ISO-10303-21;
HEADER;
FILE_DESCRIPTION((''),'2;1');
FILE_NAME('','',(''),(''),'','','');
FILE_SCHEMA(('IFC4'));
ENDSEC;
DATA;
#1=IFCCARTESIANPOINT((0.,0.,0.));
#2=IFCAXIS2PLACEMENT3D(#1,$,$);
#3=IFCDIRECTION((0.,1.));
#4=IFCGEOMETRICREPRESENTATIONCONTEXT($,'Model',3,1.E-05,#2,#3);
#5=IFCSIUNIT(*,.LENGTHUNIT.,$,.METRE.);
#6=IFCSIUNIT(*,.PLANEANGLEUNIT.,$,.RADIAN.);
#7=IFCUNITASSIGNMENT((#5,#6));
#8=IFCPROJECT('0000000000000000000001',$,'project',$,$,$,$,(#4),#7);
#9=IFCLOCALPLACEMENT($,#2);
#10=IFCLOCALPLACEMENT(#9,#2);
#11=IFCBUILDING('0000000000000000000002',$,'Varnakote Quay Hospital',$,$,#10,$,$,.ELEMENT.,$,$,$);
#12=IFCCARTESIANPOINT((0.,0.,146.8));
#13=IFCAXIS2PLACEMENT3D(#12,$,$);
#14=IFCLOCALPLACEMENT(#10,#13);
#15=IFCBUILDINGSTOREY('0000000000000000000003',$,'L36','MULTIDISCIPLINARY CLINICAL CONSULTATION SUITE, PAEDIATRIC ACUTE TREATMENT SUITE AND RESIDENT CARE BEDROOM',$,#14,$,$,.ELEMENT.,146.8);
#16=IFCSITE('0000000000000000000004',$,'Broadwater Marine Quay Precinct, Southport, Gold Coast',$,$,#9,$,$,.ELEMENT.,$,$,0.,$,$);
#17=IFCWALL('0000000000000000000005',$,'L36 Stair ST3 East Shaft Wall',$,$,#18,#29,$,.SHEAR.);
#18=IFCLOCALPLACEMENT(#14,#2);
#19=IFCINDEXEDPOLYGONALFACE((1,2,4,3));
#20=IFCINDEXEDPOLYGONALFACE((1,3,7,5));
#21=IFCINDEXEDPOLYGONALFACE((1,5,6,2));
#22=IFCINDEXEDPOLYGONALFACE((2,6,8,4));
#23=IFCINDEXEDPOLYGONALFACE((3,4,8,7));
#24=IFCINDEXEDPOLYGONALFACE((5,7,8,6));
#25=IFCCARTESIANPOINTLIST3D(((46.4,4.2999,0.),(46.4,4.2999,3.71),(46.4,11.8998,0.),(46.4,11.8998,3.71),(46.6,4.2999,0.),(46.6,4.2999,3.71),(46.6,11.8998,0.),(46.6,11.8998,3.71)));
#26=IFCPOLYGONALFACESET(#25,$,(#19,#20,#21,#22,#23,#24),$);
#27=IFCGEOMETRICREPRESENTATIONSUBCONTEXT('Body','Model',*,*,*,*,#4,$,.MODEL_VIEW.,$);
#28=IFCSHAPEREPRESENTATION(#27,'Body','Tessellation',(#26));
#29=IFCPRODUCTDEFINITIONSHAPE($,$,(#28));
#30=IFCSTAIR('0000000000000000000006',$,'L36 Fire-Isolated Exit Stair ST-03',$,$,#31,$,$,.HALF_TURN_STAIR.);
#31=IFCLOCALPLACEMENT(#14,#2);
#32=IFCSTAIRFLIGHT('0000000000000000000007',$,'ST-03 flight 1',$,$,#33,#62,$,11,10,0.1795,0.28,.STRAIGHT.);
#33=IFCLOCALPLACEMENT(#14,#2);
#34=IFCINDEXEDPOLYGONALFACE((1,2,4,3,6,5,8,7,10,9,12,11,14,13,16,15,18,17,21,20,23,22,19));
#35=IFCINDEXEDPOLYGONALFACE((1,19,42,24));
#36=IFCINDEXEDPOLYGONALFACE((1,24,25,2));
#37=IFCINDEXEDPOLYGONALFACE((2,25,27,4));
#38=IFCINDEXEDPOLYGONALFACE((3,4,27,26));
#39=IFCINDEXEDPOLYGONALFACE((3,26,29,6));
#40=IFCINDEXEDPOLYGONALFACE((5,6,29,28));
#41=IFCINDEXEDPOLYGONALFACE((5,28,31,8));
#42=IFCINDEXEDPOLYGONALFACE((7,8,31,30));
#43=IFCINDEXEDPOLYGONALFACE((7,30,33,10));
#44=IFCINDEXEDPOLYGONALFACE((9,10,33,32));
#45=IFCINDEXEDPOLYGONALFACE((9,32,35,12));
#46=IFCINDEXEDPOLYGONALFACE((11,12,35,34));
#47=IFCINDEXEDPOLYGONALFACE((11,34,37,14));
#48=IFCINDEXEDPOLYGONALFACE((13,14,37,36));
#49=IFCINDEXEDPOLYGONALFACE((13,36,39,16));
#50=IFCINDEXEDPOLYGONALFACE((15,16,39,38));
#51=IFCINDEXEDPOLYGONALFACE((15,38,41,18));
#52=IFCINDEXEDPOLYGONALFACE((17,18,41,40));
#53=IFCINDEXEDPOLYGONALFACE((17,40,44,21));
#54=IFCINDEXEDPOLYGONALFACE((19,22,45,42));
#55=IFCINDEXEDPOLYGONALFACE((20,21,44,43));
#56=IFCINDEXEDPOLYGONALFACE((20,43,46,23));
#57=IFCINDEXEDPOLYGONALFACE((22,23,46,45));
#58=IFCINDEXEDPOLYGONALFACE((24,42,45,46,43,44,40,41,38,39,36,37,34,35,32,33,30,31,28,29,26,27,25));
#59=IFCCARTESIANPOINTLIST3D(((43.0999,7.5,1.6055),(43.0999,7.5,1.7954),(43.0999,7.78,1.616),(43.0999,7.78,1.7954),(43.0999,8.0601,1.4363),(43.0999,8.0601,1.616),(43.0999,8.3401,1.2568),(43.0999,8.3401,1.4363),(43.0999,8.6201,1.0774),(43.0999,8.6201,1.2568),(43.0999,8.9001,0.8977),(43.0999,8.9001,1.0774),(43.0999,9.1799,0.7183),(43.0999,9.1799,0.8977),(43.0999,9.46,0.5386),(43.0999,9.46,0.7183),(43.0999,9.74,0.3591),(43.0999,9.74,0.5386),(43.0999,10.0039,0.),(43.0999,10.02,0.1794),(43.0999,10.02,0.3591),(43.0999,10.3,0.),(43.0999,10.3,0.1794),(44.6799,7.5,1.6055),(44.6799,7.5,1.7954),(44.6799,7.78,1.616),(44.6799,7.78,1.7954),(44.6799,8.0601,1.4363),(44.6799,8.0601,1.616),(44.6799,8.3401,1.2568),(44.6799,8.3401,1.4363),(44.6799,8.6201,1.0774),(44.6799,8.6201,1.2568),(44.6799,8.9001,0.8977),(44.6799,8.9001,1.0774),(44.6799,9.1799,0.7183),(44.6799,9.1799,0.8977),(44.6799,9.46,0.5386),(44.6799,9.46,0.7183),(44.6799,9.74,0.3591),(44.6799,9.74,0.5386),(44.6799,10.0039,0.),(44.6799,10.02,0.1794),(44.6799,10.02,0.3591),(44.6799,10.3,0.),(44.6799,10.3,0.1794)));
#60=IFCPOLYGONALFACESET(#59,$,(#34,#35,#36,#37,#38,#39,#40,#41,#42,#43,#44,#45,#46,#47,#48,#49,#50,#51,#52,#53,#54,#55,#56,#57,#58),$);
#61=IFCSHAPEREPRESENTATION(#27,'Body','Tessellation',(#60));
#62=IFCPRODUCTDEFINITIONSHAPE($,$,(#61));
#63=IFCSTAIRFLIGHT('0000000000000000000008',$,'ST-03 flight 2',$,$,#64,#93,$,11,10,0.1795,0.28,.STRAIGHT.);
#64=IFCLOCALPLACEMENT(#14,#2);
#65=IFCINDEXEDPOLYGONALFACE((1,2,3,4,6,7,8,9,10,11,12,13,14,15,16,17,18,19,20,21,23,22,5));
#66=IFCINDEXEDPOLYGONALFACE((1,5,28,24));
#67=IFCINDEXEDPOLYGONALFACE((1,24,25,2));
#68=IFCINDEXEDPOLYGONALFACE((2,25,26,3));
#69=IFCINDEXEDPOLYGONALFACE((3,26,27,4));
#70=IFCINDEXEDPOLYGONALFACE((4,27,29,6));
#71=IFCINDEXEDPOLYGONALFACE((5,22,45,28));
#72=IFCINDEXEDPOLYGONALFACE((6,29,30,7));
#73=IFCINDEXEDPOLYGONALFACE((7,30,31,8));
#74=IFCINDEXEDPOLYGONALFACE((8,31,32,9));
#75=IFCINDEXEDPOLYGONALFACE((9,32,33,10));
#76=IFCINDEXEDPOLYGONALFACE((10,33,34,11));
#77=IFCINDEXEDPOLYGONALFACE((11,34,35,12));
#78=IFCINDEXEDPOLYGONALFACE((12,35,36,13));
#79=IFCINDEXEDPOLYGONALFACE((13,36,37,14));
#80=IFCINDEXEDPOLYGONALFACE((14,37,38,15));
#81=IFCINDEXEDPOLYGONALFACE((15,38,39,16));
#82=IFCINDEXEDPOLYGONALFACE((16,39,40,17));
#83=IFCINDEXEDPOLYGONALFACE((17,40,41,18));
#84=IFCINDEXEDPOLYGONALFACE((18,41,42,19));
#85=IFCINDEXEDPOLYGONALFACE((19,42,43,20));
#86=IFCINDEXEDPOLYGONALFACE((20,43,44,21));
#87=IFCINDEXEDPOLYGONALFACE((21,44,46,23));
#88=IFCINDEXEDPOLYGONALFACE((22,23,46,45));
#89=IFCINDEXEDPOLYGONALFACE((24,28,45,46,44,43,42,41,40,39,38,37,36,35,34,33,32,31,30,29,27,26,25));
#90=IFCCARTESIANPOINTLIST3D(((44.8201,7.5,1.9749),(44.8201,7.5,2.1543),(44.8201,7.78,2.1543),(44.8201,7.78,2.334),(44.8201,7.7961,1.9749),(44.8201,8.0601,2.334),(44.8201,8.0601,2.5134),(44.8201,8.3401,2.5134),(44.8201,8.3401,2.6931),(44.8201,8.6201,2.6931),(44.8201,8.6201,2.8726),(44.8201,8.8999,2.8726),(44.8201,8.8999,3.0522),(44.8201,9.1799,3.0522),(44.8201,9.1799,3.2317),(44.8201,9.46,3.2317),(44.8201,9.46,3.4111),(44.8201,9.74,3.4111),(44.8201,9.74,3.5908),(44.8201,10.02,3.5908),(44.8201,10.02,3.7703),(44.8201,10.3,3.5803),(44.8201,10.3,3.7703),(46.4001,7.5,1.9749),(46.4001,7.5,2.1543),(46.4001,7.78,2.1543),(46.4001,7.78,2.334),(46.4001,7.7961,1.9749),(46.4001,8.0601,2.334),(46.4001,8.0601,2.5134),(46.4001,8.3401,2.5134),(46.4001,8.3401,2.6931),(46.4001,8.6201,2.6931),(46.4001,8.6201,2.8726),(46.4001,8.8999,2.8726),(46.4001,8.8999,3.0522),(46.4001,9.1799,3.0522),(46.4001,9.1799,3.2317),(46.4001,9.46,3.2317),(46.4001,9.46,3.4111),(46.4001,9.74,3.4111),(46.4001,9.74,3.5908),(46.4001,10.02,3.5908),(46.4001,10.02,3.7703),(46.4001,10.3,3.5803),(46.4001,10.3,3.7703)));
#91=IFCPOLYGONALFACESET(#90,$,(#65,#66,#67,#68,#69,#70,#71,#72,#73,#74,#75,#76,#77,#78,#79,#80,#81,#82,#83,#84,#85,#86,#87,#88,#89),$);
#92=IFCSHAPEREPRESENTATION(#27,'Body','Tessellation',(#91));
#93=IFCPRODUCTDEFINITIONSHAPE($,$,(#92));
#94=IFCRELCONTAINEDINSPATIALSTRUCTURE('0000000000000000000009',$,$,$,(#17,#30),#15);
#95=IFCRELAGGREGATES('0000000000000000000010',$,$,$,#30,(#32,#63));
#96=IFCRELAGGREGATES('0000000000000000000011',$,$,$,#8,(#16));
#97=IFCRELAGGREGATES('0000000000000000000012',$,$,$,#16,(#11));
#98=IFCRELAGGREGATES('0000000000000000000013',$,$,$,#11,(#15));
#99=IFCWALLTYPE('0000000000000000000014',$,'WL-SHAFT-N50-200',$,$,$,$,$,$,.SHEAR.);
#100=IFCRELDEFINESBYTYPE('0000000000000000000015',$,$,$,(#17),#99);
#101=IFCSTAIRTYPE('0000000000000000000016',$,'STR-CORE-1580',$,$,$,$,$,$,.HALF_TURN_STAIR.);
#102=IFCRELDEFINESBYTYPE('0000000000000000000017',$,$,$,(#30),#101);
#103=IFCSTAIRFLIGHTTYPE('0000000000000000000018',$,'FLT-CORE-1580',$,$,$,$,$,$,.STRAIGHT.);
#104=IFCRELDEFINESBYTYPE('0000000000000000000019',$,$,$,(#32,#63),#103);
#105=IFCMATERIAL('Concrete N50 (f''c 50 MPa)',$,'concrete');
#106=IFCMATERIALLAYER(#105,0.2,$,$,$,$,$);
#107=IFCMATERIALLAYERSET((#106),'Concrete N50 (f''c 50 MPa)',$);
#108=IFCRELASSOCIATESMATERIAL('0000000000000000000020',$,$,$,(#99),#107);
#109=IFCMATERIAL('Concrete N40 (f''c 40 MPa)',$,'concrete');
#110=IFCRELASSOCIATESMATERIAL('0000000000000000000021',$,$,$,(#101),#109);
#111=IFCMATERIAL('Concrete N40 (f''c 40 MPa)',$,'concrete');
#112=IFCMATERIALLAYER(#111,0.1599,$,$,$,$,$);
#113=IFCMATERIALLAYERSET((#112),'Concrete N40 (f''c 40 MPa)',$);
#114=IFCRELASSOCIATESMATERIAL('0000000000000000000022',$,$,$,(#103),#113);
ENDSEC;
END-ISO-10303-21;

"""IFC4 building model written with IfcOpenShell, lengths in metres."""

from ifc_helpers import new_model, si_unit, direction, frame, frame_2d, origin, place, context, subcontext, project, spatial, polyline, rectangle, outline, extrude, material, layer, layer_set, type_object, element, aggregate, save


model = new_model("IFC4")

# Units and contexts
model_context = context("Model", 3, precision=1e-05, world=origin(), true_north=direction((0.0, 1.0)))
body_context = subcontext(model_context, "Body", "Model", "MODEL_VIEW")
ifc_project = project(units=[si_unit("LENGTHUNIT", "METRE"), si_unit("PLANEANGLEUNIT", "RADIAN")], contexts=[model_context])

# Site, building, storey
site_placement = place(None, origin())
site = spatial("IfcSite", under=ifc_project, at=site_placement, Name="Broadwater Marine Quay Precinct, Southport, Gold Coast", CompositionType="ELEMENT", RefElevation=0.0)
building_placement = place(site_placement, origin())
building = spatial("IfcBuilding", under=site, at=building_placement, Name="Varnakote Quay Hospital", CompositionType="ELEMENT")
storey_placement = place(building_placement, frame((0.0, 0.0, 146.8)))
storey = spatial("IfcBuildingStorey", under=building, at=storey_placement, Name="L36", Description="MULTIDISCIPLINARY CLINICAL CONSULTATION SUITE, PAEDIATRIC ACUTE TREATMENT SUITE AND RESIDENT CARE BEDROOM", CompositionType="ELEMENT", Elevation=146.8)

# Wall
ifc_material_1 = material(Name="Concrete N50 (f'c 50 MPa)", Category="concrete")
ifc_layer_1 = layer(ifc_material_1, 0.2)
ifc_layer_set_1 = layer_set([ifc_layer_1], Name="Concrete N50 (f'c 50 MPa)")
wall_type_1 = type_object("IfcWallType", Name="WL-SHAFT-N50-200", PredefinedType="SHEAR", material=ifc_layer_set_1)
for number, where, z_axis, x_axis, name in (
    (1, (46.5, 4.3, 0.0), (0.0, 0.0, 1.0), (0.0, 1.0, 0.0), "L36 Stair ST3 East Shaft Wall"),
):
    element("IfcWall", number, at=place(storey_placement, frame(where, z_axis=z_axis, x_axis=x_axis)), inside=storey, type_object=wall_type_1, Name=name, PredefinedType="SHEAR", context=body_context, shape_type="SweptSolid", body=[
        extrude(rectangle(XDim=7.5999, YDim=0.2, at=frame_2d((3.7998, 0.0))), origin(), (0.0, 0.0, 1.0), 3.71),
    ])

# Stair, stair flights
ifc_material_2 = material(Name="Concrete N40 (f'c 40 MPa)", Category="concrete")
stair_type = type_object("IfcStairType", Name="STR-CORE-1580", PredefinedType="HALF_TURN_STAIR", material=ifc_material_2)
stair_placement = place(storey_placement, origin())
stair = element("IfcStair", 2, at=stair_placement, inside=storey, type_object=stair_type, Name="L36 Fire-Isolated Exit Stair ST-03", PredefinedType="HALF_TURN_STAIR")
ifc_material_3 = material(Name="Concrete N40 (f'c 40 MPa)", Category="concrete")
ifc_layer_2 = layer(ifc_material_3, 0.1599)
ifc_layer_set_2 = layer_set([ifc_layer_2], Name="Concrete N40 (f'c 40 MPa)")
stair_flight_type = type_object("IfcStairFlightType", Name="FLT-CORE-1580", PredefinedType="STRAIGHT", material=ifc_layer_set_2)
stair_flight_1_placement = place(storey_placement, frame((43.8899, 10.3, 0.0), z_axis=(0.0, 0.0, 1.0), x_axis=(0.0, -1.0, 0.0)))
stair_flight_1 = element("IfcStairFlight", 3, at=stair_flight_1_placement, type_object=stair_flight_type, Name="ST-03 flight 1", NumberOfRisers=11, NumberOfTreads=10, PredefinedType="STRAIGHT", RiserHeight=0.1795, TreadLength=0.28, context=body_context, shape_type="SweptSolid", body=[
    extrude(outline(polyline([(0.0, 0.0), (0.0, 0.1794), (0.28, 0.1794), (0.28, 0.3591), (0.5601, 0.3591), (0.5601, 0.5386), (0.8401, 0.5386), (0.8401, 0.7183), (1.1201, 0.7183), (1.1201, 0.8977), (1.3999, 0.8977), (1.3999, 1.0774), (1.6799, 1.0774), (1.6799, 1.2568), (1.96, 1.2568), (1.96, 1.4363), (2.24, 1.4363), (2.24, 1.616), (2.52, 1.616), (2.52, 1.7954), (2.8, 1.7954), (2.8, 1.9751), (2.8, 1.6055), (0.2961, 0.0), (0.0, 0.0)])), frame((0.0, 0.79, 0.0), z_axis=(0.0, -1.0, 0.0), x_axis=(1.0, 0.0, 0.0)), (0.0, 0.0, 1.0), 1.5801),
])
stair_flight_2_placement = place(storey_placement, frame((45.6101, 7.5, 1.9749), z_axis=(0.0, 0.0, 1.0), x_axis=(0.0, 1.0, 0.0)))
stair_flight_2 = element("IfcStairFlight", 4, at=stair_flight_2_placement, type_object=stair_flight_type, Name="ST-03 flight 2", NumberOfRisers=11, NumberOfTreads=10, PredefinedType="STRAIGHT", RiserHeight=0.1795, TreadLength=0.28, context=body_context, shape_type="SweptSolid", body=[
    extrude(outline(polyline([(0.0, 0.0), (0.0, 0.1794), (0.28, 0.1794), (0.28, 0.3591), (0.5601, 0.3591), (0.5601, 0.5386), (0.8401, 0.5386), (0.8401, 0.7183), (1.1201, 0.7183), (1.1201, 0.8977), (1.3999, 0.8977), (1.3999, 1.0774), (1.6799, 1.0774), (1.6799, 1.2568), (1.96, 1.2568), (1.96, 1.4363), (2.24, 1.4363), (2.24, 1.616), (2.52, 1.616), (2.52, 1.7954), (2.8, 1.7954), (2.8, 1.9751), (2.8, 1.6055), (0.2961, 0.0), (0.0, 0.0)])), frame((0.0, 0.79, 0.0), z_axis=(0.0, -1.0, 0.0), x_axis=(1.0, 0.0, 0.0)), (0.0, 0.0, 1.0), 1.5801),
])
aggregate(stair, [stair_flight_1, stair_flight_2])

save(model, "model.ifc")
